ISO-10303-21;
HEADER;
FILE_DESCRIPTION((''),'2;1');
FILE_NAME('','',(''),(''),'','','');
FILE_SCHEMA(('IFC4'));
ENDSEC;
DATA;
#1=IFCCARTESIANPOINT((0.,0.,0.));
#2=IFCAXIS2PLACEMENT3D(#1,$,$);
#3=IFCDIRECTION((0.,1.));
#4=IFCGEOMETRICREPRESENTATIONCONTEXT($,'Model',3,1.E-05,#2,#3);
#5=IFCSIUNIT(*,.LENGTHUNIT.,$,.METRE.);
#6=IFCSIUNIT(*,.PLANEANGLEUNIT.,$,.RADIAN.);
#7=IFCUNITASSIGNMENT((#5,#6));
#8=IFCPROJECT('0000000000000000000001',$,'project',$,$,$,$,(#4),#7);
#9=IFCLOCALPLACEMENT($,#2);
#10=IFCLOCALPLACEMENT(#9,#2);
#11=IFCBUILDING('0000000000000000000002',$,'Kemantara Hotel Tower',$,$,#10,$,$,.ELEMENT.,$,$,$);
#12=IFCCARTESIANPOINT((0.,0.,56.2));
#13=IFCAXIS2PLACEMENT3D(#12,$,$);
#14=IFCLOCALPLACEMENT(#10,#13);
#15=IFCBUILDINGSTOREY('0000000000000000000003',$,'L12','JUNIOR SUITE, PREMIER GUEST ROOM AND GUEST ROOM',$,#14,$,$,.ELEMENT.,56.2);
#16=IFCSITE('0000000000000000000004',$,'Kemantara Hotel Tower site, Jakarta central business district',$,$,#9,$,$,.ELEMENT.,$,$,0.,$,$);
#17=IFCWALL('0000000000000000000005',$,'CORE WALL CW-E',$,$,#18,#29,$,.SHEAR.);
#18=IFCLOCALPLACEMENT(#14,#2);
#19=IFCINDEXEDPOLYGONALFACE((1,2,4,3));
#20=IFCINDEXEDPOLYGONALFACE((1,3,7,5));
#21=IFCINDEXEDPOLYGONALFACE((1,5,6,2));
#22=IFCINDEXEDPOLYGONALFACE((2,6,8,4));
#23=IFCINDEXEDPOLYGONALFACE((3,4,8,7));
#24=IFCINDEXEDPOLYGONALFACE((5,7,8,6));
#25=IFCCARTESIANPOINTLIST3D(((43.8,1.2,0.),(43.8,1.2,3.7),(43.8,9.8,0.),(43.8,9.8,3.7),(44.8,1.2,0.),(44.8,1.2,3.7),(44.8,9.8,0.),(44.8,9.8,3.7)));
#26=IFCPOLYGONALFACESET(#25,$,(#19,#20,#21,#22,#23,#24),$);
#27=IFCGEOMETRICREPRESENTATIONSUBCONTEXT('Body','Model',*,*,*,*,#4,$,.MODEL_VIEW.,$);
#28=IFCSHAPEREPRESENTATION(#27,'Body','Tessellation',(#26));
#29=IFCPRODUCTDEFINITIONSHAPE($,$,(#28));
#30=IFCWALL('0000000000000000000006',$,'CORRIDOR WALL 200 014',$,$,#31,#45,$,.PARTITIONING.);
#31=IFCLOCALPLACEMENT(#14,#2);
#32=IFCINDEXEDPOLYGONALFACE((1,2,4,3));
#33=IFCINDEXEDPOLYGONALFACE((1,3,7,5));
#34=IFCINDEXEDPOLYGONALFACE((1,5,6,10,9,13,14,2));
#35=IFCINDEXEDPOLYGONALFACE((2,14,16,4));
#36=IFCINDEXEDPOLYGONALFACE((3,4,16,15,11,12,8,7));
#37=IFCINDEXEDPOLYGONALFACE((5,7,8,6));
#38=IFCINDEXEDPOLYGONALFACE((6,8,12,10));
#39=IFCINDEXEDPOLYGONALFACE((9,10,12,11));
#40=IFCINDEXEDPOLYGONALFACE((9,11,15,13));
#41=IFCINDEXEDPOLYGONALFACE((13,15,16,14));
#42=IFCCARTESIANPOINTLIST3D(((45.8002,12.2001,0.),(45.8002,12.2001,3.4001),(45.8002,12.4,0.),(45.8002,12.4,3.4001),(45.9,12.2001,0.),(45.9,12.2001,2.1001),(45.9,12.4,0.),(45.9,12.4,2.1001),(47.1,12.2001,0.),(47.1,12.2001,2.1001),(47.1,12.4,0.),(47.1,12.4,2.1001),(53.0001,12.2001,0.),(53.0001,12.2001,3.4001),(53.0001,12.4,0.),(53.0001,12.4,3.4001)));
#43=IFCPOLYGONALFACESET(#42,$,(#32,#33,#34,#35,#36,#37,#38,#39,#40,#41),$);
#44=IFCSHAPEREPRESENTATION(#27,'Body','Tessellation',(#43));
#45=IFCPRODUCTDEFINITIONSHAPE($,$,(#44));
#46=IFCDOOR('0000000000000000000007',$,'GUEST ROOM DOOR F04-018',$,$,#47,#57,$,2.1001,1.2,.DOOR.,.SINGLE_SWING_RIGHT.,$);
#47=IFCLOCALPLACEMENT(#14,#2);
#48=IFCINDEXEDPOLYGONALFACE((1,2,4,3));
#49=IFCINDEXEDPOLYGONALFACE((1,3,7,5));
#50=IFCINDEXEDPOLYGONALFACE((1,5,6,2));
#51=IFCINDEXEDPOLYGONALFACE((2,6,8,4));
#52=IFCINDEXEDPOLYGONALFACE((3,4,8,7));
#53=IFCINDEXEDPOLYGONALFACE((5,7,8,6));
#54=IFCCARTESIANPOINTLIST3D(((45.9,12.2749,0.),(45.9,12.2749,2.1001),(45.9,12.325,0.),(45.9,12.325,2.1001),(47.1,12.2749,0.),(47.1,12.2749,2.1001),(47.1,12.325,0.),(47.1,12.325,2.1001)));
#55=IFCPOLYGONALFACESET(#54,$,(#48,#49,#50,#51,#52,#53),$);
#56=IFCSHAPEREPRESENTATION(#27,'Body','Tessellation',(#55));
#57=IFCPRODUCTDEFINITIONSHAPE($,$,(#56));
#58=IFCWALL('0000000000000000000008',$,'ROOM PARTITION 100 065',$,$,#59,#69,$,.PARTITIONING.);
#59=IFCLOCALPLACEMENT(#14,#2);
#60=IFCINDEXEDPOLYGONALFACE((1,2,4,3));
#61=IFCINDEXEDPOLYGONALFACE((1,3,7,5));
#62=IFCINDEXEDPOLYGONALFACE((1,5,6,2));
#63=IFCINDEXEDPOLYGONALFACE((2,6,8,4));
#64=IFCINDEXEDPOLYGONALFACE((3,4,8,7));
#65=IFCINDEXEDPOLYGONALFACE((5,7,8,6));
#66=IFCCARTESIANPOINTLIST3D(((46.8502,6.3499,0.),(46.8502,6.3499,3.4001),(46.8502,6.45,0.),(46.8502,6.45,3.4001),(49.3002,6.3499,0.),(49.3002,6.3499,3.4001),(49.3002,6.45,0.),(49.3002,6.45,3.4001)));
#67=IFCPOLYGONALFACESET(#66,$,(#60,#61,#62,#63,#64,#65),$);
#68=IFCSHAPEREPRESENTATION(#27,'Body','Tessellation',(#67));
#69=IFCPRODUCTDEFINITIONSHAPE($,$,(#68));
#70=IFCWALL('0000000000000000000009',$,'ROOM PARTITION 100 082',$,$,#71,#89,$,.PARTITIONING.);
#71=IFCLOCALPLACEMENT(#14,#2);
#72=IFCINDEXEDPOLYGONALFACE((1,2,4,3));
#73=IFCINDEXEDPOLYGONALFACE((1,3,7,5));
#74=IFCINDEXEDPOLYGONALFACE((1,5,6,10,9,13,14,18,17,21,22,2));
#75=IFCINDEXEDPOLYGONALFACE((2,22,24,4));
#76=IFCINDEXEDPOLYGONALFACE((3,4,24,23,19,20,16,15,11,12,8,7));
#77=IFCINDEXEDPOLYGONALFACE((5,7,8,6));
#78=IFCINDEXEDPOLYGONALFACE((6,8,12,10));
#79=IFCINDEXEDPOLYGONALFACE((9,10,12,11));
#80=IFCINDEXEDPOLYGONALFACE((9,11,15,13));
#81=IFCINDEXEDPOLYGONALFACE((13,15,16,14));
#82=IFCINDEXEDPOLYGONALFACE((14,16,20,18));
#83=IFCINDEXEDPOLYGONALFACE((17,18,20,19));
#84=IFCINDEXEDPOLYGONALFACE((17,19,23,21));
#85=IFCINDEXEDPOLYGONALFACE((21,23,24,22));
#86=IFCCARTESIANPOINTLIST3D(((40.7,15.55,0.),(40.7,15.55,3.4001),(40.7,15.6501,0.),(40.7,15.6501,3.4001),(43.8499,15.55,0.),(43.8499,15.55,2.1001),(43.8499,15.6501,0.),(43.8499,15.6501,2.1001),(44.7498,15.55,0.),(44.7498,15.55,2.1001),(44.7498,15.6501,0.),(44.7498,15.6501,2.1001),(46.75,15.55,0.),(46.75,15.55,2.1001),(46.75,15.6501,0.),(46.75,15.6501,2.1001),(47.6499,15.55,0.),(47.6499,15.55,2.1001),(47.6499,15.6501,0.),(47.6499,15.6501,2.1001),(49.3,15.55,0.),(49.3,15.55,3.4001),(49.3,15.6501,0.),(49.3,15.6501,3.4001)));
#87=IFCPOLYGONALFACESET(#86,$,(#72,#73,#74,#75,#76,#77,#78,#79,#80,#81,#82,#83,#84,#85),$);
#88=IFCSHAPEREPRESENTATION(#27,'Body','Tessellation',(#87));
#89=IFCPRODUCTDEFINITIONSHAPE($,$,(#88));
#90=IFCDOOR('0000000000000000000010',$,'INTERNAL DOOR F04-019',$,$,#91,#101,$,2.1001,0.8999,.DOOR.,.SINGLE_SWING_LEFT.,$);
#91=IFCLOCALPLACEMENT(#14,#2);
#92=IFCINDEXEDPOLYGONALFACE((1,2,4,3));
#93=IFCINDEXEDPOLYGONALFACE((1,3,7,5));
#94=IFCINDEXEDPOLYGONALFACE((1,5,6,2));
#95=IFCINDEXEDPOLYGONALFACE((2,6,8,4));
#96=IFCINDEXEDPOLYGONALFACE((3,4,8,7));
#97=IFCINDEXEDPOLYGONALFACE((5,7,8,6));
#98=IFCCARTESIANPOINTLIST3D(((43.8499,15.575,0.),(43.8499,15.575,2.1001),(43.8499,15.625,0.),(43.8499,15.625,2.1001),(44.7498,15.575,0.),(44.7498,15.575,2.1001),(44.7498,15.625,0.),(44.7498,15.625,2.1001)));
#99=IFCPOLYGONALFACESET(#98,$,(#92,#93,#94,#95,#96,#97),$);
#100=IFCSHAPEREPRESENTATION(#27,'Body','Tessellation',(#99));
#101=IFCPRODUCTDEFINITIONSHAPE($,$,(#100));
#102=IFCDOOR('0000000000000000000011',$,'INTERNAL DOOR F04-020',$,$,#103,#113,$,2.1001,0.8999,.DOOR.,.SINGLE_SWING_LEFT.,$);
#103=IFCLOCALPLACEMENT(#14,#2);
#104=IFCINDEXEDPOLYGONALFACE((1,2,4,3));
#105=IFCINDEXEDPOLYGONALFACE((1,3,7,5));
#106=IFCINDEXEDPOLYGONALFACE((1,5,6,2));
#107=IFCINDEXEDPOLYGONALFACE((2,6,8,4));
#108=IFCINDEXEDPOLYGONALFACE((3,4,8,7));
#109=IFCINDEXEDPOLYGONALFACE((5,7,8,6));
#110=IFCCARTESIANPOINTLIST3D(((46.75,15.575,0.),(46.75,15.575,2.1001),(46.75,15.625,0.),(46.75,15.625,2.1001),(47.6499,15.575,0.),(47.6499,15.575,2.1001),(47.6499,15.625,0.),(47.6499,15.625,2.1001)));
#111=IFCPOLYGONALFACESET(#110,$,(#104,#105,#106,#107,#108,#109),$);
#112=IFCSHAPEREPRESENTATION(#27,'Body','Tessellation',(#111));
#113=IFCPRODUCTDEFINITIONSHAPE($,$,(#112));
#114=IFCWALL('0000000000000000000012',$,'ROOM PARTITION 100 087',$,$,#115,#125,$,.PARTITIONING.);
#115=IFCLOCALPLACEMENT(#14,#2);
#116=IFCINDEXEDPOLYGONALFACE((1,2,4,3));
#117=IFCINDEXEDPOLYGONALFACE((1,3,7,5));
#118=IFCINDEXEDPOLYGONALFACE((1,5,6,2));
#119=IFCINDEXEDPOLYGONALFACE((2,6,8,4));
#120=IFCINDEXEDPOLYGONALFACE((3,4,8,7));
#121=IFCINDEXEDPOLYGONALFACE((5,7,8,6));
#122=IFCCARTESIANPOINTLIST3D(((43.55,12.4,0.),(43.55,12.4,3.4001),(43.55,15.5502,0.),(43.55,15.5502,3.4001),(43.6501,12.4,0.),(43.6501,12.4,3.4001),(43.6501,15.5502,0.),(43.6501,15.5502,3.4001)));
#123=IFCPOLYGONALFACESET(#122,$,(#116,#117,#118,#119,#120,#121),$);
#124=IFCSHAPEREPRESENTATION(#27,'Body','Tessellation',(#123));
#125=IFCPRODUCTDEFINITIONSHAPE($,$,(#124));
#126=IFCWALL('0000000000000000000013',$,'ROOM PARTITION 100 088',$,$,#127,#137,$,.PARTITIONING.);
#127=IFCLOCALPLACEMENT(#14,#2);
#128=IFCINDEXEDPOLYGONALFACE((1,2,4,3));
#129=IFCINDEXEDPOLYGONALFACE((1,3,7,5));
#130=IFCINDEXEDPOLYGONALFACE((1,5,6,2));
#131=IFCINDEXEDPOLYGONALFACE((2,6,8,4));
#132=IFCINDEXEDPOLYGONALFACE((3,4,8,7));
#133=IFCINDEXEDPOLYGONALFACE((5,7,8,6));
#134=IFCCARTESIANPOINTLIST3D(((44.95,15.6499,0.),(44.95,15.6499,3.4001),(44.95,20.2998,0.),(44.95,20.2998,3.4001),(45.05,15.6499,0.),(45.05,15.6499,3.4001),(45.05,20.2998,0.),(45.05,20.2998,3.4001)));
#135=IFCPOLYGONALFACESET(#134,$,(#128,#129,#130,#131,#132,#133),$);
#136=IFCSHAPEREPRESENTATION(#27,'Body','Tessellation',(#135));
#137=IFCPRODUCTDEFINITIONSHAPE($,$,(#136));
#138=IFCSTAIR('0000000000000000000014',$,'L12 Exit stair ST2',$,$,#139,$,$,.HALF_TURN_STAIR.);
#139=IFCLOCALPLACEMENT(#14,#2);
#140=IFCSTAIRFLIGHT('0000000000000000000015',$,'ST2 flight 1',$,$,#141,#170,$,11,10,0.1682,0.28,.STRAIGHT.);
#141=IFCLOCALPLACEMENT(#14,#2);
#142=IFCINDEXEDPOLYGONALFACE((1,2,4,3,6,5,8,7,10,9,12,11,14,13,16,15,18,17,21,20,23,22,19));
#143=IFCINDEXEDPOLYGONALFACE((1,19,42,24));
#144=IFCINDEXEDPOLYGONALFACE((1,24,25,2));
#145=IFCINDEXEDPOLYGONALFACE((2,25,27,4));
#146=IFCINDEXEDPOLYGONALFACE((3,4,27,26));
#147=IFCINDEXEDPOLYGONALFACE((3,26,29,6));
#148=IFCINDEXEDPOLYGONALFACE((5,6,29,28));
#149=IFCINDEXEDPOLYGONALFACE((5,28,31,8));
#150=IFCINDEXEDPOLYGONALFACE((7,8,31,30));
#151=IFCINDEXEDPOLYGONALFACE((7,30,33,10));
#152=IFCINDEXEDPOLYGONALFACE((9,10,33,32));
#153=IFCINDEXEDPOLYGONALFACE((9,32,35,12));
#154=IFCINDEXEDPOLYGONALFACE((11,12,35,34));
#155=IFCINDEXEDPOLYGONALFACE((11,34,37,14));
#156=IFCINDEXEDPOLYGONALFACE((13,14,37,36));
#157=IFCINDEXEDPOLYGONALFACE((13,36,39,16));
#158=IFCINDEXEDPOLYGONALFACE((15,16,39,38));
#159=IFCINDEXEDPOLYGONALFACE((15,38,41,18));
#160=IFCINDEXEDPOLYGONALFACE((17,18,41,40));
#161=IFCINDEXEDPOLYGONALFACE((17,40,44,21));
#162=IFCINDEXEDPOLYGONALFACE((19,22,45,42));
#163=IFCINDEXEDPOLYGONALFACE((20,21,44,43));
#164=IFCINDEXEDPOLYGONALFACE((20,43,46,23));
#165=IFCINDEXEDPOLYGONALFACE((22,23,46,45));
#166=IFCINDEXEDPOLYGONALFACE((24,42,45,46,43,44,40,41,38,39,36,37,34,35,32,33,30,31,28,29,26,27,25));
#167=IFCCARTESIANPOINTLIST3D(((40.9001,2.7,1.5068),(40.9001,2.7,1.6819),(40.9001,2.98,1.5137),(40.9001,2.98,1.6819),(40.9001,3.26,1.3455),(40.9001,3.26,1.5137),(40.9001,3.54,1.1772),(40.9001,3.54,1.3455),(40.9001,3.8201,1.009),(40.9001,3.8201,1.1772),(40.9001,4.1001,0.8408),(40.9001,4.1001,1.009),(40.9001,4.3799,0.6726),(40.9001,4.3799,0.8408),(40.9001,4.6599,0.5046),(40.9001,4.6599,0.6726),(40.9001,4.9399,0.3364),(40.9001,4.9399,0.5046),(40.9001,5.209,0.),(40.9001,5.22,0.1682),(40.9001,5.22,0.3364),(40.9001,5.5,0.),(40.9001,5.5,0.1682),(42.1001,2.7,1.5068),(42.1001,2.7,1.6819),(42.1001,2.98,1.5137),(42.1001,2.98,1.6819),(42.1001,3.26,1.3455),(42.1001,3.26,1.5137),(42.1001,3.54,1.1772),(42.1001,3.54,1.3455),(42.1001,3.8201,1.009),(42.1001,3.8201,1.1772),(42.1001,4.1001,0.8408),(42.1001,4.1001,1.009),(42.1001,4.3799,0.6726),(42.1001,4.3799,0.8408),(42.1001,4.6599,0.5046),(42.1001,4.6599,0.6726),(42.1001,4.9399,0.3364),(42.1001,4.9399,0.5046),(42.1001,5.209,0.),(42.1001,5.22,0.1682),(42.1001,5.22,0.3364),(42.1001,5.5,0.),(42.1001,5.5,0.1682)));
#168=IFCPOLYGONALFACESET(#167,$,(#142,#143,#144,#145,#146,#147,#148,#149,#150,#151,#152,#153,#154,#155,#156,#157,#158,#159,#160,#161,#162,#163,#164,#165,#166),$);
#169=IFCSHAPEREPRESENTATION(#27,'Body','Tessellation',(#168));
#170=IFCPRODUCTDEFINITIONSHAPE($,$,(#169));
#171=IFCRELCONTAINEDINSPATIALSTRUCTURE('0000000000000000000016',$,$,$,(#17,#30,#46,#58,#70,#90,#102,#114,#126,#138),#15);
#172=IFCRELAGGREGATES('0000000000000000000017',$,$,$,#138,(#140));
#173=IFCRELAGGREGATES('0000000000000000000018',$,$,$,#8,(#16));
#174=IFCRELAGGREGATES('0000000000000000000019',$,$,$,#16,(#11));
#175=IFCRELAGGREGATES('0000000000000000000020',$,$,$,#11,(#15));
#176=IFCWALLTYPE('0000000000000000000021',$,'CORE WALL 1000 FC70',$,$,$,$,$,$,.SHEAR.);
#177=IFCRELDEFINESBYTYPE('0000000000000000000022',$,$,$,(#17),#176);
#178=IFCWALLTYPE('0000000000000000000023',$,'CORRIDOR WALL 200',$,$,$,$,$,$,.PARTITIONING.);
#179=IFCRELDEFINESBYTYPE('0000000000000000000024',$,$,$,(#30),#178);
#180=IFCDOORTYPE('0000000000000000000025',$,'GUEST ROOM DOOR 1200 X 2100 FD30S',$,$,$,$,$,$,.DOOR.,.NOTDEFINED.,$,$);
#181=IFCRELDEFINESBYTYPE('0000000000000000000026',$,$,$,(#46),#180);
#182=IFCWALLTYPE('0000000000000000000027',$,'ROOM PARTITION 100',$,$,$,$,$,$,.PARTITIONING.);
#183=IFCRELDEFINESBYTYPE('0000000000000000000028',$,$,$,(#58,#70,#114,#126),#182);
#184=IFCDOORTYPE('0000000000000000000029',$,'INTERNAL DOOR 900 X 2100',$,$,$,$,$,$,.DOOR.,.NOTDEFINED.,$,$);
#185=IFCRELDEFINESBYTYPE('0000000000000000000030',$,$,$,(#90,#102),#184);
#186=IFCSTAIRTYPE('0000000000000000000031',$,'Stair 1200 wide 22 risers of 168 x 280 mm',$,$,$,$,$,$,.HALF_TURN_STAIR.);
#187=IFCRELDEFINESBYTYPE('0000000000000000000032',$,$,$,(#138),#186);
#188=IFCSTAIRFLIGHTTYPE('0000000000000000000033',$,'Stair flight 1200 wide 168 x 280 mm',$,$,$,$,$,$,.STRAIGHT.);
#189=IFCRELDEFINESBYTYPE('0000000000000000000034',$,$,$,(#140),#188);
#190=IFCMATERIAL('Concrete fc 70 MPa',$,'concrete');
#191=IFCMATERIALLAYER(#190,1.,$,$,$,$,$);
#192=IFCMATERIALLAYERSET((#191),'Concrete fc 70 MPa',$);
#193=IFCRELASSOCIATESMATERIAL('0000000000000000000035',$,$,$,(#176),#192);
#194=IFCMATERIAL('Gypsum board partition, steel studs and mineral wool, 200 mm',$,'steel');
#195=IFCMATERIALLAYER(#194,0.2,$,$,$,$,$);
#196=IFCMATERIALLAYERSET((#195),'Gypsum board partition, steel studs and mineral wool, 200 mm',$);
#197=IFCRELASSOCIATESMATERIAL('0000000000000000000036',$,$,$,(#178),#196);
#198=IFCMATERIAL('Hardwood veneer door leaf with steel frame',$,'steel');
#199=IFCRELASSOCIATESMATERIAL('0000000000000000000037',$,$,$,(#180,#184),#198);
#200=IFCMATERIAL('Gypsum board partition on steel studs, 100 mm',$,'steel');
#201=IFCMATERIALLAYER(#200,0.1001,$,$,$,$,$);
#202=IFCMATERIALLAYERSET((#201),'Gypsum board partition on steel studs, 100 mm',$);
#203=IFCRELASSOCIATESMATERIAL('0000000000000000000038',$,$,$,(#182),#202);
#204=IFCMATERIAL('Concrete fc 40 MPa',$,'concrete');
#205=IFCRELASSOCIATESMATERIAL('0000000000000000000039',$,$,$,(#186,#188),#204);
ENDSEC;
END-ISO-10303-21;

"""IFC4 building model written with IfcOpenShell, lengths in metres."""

from ifc_helpers import new_model, si_unit, direction, frame, frame_2d, origin, place, context, subcontext, project, spatial, polyline, rectangle, outline, extrude, material, layer, layer_set, type_object, element, fill, aggregate, save


model = new_model("IFC4")

# Units and contexts
model_context = context("Model", 3, precision=1e-05, world=origin(), true_north=direction((0.0, 1.0)))
body_context = subcontext(model_context, "Body", "Model", "MODEL_VIEW")
ifc_project = project(units=[si_unit("LENGTHUNIT", "METRE"), si_unit("PLANEANGLEUNIT", "RADIAN")], contexts=[model_context])

# Site, building, storey
site_placement = place(None, origin())
site = spatial("IfcSite", under=ifc_project, at=site_placement, Name="Kemantara Hotel Tower site, Jakarta central business district", CompositionType="ELEMENT", RefElevation=0.0)
building_placement = place(site_placement, origin())
building = spatial("IfcBuilding", under=site, at=building_placement, Name="Kemantara Hotel Tower", CompositionType="ELEMENT")
storey_placement = place(building_placement, frame((0.0, 0.0, 56.2)))
storey = spatial("IfcBuildingStorey", under=building, at=storey_placement, Name="L12", Description="JUNIOR SUITE, PREMIER GUEST ROOM AND GUEST ROOM", CompositionType="ELEMENT", Elevation=56.2)

# Shared definitions
ifc_material_1 = material(Name="Concrete fc 70 MPa", Category="concrete")

# Wall
ifc_layer_1 = layer(ifc_material_1, 1.0)
ifc_layer_set_1 = layer_set([ifc_layer_1], Name="Concrete fc 70 MPa")
wall_type_1 = type_object("IfcWallType", Name="CORE WALL 1000 FC70", PredefinedType="SHEAR", material=ifc_layer_set_1)
wall_1_placement = place(storey_placement, frame((44.3, 1.2, 0.0), z_axis=(0.0, 0.0, 1.0), x_axis=(0.0, 1.0, 0.0)))
element("IfcWall", 1, at=wall_1_placement, inside=storey, type_object=wall_type_1, Name="CORE WALL CW-E", PredefinedType="SHEAR", context=body_context, shape_type="SweptSolid", body=[
    extrude(rectangle(XDim=8.6001, YDim=1.0, at=frame_2d((4.3, 0.0))), origin(), (0.0, 0.0, 1.0), 3.7),
])

# Wall, opening, door
ifc_material_2 = material(Name="Gypsum board partition, steel studs and mineral wool, 200 mm", Category="steel")
ifc_layer_2 = layer(ifc_material_2, 0.2)
ifc_layer_set_2 = layer_set([ifc_layer_2], Name="Gypsum board partition, steel studs and mineral wool, 200 mm")
wall_type_2 = type_object("IfcWallType", Name="CORRIDOR WALL 200", PredefinedType="PARTITIONING", material=ifc_layer_set_2)
wall_2_placement = place(storey_placement, frame((45.8, 12.3, 0.0), z_axis=(0.0, 0.0, 1.0), x_axis=(1.0, 0.0, 0.0)))
wall_2 = element("IfcWall", 2, at=wall_2_placement, inside=storey, type_object=wall_type_2, Name="CORRIDOR WALL 200 014", PredefinedType="PARTITIONING", context=body_context, shape_type="SweptSolid", body=[
    extrude(rectangle(XDim=7.2, YDim=0.2, at=frame_2d((3.6001, 0.0))), origin(), (0.0, 0.0, 1.0), 3.4001),
])
opening_1_placement = place(wall_2_placement, frame((0.0999, 0.0, 0.0)))
opening_1 = element("IfcOpeningElement", 3, at=opening_1_placement, cuts=wall_2, PredefinedType="OPENING", context=body_context, shape_type="SweptSolid", body=[
    extrude(rectangle(XDim=1.2, YDim=2.1001, at=frame_2d((0.6001, 1.05))), frame((0.0, 0.1099, 0.0), z_axis=(0.0, -1.0, 0.0), x_axis=(1.0, 0.0, 0.0)), (0.0, 0.0, 1.0), 0.22),
])
ifc_material_3 = material(Name="Hardwood veneer door leaf with steel frame", Category="steel")
door_type_1 = type_object("IfcDoorType", Name="GUEST ROOM DOOR 1200 X 2100 FD30S", OperationType="NOTDEFINED", PredefinedType="DOOR", material=ifc_material_3)
door_1_placement = place(opening_1_placement, origin())
door_1 = element("IfcDoor", 4, at=door_1_placement, inside=storey, type_object=door_type_1, Name="GUEST ROOM DOOR F04-018", OperationType="SINGLE_SWING_RIGHT", OverallHeight=2.1001, OverallWidth=1.2, PredefinedType="DOOR", context=body_context, shape_type="SweptSolid", body=[
    extrude(rectangle(XDim=1.2, YDim=2.1001, at=frame_2d((0.6001, 1.05))), frame((0.0, 0.0249, 0.0), z_axis=(0.0, -1.0, 0.0), x_axis=(1.0, 0.0, 0.0)), (0.0, 0.0, 1.0), 0.05),
])
fill(opening_1, door_1)

# Wall
ifc_material_4 = material(Name="Gypsum board partition on steel studs, 100 mm", Category="steel")
ifc_layer_3 = layer(ifc_material_4, 0.1001)
ifc_layer_set_3 = layer_set([ifc_layer_3], Name="Gypsum board partition on steel studs, 100 mm")
wall_type_3 = type_object("IfcWallType", Name="ROOM PARTITION 100", PredefinedType="PARTITIONING", material=ifc_layer_set_3)
wall_3_placement = place(storey_placement, frame((46.8501, 6.3999, 0.0), z_axis=(0.0, 0.0, 1.0), x_axis=(1.0, 0.0, 0.0)))
element("IfcWall", 5, at=wall_3_placement, inside=storey, type_object=wall_type_3, Name="ROOM PARTITION 100 065", PredefinedType="PARTITIONING", context=body_context, shape_type="SweptSolid", body=[
    extrude(rectangle(XDim=2.45, YDim=0.1001, at=frame_2d((1.2251, 0.0))), origin(), (0.0, 0.0, 1.0), 3.4001),
])

# Wall, openings, doors
wall_4_placement = place(storey_placement, frame((40.7, 15.6001, 0.0), z_axis=(0.0, 0.0, 1.0), x_axis=(1.0, 0.0, 0.0)))
wall_4 = element("IfcWall", 6, at=wall_4_placement, inside=storey, type_object=wall_type_3, Name="ROOM PARTITION 100 082", PredefinedType="PARTITIONING", context=body_context, shape_type="SweptSolid", body=[
    extrude(rectangle(XDim=8.6001, YDim=0.1001, at=frame_2d((4.3, 0.0))), origin(), (0.0, 0.0, 1.0), 3.4001),
])
opening_2_placement = place(wall_4_placement, frame((3.1499, 0.0, 0.0)))
opening_2 = element("IfcOpeningElement", 7, at=opening_2_placement, cuts=wall_4, PredefinedType="OPENING", context=body_context, shape_type="SweptSolid", body=[
    extrude(rectangle(XDim=0.8999, YDim=2.1001, at=frame_2d((0.45, 1.05))), frame((0.0, 0.0601, 0.0), z_axis=(0.0, -1.0, 0.0), x_axis=(1.0, 0.0, 0.0)), (0.0, 0.0, 1.0), 0.1201),
])
opening_3_placement = place(wall_4_placement, frame((6.05, 0.0, 0.0)))
opening_3 = element("IfcOpeningElement", 8, at=opening_3_placement, cuts=wall_4, PredefinedType="OPENING", context=body_context, shape_type="SweptSolid", body=[
    extrude(rectangle(XDim=0.8999, YDim=2.1001, at=frame_2d((0.45, 1.05))), frame((0.0, 0.0601, 0.0), z_axis=(0.0, -1.0, 0.0), x_axis=(1.0, 0.0, 0.0)), (0.0, 0.0, 1.0), 0.1201),
])
door_type_2 = type_object("IfcDoorType", Name="INTERNAL DOOR 900 X 2100", OperationType="NOTDEFINED", PredefinedType="DOOR", material=ifc_material_3)
door_2_placement = place(opening_2_placement, origin())
door_2 = element("IfcDoor", 9, at=door_2_placement, inside=storey, type_object=door_type_2, Name="INTERNAL DOOR F04-019", OperationType="SINGLE_SWING_LEFT", OverallHeight=2.1001, OverallWidth=0.8999, PredefinedType="DOOR", context=body_context, shape_type="SweptSolid", body=[
    extrude(rectangle(XDim=0.8999, YDim=2.1001, at=frame_2d((0.45, 1.05))), frame((0.0, 0.0249, 0.0), z_axis=(0.0, -1.0, 0.0), x_axis=(1.0, 0.0, 0.0)), (0.0, 0.0, 1.0), 0.05),
])
fill(opening_2, door_2)
door_3_placement = place(opening_3_placement, origin())
door_3 = element("IfcDoor", 10, at=door_3_placement, inside=storey, type_object=door_type_2, Name="INTERNAL DOOR F04-020", OperationType="SINGLE_SWING_LEFT", OverallHeight=2.1001, OverallWidth=0.8999, PredefinedType="DOOR", context=body_context, shape_type="SweptSolid", body=[
    extrude(rectangle(XDim=0.8999, YDim=2.1001, at=frame_2d((0.45, 1.05))), frame((0.0, 0.0249, 0.0), z_axis=(0.0, -1.0, 0.0), x_axis=(1.0, 0.0, 0.0)), (0.0, 0.0, 1.0), 0.05),
])
fill(opening_3, door_3)

# Walls
wall_5_placement = place(storey_placement, frame((43.6001, 12.3999, 0.0), z_axis=(0.0, 0.0, 1.0), x_axis=(0.0, 1.0, 0.0)))
element("IfcWall", 11, at=wall_5_placement, inside=storey, type_object=wall_type_3, Name="ROOM PARTITION 100 087", PredefinedType="PARTITIONING", context=body_context, shape_type="SweptSolid", body=[
    extrude(rectangle(XDim=3.1501, YDim=0.1001, at=frame_2d((1.5752, 0.0))), origin(), (0.0, 0.0, 1.0), 3.4001),
])
wall_6_placement = place(storey_placement, frame((45.0, 15.6499, 0.0), z_axis=(0.0, 0.0, 1.0), x_axis=(0.0, 1.0, 0.0)))
element("IfcWall", 12, at=wall_6_placement, inside=storey, type_object=wall_type_3, Name="ROOM PARTITION 100 088", PredefinedType="PARTITIONING", context=body_context, shape_type="SweptSolid", body=[
    extrude(rectangle(XDim=4.6499, YDim=0.1001, at=frame_2d((2.325, 0.0))), origin(), (0.0, 0.0, 1.0), 3.4001),
])

# Stair, stair flight
ifc_material_5 = material(Name="Concrete fc 40 MPa", Category="concrete")
stair_type = type_object("IfcStairType", Name="Stair 1200 wide 22 risers of 168 x 280 mm", PredefinedType="HALF_TURN_STAIR", material=ifc_material_5)
stair_placement = place(storey_placement, origin())
stair = element("IfcStair", 13, at=stair_placement, inside=storey, type_object=stair_type, Name="L12 Exit stair ST2", PredefinedType="HALF_TURN_STAIR")
stair_flight_type = type_object("IfcStairFlightType", Name="Stair flight 1200 wide 168 x 280 mm", PredefinedType="STRAIGHT", material=ifc_material_5)
stair_flight_1_placement = place(storey_placement, frame((41.5, 5.5, 0.0), z_axis=(0.0, 0.0, 1.0), x_axis=(0.0, -1.0, 0.0)))
stair_flight_1 = element("IfcStairFlight", 14, at=stair_flight_1_placement, type_object=stair_flight_type, Name="ST2 flight 1", NumberOfRisers=11, NumberOfTreads=10, PredefinedType="STRAIGHT", RiserHeight=0.1682, TreadLength=0.28, context=body_context, shape_type="SweptSolid", body=[
    extrude(outline(polyline([(0.0, 0.0), (0.0, 0.1682), (0.28, 0.1682), (0.28, 0.3364), (0.5601, 0.3364), (0.5601, 0.5046), (0.8401, 0.5046), (0.8401, 0.6726), (1.1201, 0.6726), (1.1201, 0.8408), (1.3999, 0.8408), (1.3999, 1.009), (1.6799, 1.009), (1.6799, 1.1772), (1.96, 1.1772), (1.96, 1.3455), (2.24, 1.3455), (2.24, 1.5137), (2.52, 1.5137), (2.52, 1.6819), (2.8, 1.6819), (2.8, 1.8501), (2.8, 1.5068), (0.291, 0.0), (0.0, 0.0)])), frame((0.0, 0.6001, 0.0), z_axis=(0.0, -1.0, 0.0), x_axis=(1.0, 0.0, 0.0)), (0.0, 0.0, 1.0), 1.2),
])
aggregate(stair, [stair_flight_1])

save(model, "model.ifc")
